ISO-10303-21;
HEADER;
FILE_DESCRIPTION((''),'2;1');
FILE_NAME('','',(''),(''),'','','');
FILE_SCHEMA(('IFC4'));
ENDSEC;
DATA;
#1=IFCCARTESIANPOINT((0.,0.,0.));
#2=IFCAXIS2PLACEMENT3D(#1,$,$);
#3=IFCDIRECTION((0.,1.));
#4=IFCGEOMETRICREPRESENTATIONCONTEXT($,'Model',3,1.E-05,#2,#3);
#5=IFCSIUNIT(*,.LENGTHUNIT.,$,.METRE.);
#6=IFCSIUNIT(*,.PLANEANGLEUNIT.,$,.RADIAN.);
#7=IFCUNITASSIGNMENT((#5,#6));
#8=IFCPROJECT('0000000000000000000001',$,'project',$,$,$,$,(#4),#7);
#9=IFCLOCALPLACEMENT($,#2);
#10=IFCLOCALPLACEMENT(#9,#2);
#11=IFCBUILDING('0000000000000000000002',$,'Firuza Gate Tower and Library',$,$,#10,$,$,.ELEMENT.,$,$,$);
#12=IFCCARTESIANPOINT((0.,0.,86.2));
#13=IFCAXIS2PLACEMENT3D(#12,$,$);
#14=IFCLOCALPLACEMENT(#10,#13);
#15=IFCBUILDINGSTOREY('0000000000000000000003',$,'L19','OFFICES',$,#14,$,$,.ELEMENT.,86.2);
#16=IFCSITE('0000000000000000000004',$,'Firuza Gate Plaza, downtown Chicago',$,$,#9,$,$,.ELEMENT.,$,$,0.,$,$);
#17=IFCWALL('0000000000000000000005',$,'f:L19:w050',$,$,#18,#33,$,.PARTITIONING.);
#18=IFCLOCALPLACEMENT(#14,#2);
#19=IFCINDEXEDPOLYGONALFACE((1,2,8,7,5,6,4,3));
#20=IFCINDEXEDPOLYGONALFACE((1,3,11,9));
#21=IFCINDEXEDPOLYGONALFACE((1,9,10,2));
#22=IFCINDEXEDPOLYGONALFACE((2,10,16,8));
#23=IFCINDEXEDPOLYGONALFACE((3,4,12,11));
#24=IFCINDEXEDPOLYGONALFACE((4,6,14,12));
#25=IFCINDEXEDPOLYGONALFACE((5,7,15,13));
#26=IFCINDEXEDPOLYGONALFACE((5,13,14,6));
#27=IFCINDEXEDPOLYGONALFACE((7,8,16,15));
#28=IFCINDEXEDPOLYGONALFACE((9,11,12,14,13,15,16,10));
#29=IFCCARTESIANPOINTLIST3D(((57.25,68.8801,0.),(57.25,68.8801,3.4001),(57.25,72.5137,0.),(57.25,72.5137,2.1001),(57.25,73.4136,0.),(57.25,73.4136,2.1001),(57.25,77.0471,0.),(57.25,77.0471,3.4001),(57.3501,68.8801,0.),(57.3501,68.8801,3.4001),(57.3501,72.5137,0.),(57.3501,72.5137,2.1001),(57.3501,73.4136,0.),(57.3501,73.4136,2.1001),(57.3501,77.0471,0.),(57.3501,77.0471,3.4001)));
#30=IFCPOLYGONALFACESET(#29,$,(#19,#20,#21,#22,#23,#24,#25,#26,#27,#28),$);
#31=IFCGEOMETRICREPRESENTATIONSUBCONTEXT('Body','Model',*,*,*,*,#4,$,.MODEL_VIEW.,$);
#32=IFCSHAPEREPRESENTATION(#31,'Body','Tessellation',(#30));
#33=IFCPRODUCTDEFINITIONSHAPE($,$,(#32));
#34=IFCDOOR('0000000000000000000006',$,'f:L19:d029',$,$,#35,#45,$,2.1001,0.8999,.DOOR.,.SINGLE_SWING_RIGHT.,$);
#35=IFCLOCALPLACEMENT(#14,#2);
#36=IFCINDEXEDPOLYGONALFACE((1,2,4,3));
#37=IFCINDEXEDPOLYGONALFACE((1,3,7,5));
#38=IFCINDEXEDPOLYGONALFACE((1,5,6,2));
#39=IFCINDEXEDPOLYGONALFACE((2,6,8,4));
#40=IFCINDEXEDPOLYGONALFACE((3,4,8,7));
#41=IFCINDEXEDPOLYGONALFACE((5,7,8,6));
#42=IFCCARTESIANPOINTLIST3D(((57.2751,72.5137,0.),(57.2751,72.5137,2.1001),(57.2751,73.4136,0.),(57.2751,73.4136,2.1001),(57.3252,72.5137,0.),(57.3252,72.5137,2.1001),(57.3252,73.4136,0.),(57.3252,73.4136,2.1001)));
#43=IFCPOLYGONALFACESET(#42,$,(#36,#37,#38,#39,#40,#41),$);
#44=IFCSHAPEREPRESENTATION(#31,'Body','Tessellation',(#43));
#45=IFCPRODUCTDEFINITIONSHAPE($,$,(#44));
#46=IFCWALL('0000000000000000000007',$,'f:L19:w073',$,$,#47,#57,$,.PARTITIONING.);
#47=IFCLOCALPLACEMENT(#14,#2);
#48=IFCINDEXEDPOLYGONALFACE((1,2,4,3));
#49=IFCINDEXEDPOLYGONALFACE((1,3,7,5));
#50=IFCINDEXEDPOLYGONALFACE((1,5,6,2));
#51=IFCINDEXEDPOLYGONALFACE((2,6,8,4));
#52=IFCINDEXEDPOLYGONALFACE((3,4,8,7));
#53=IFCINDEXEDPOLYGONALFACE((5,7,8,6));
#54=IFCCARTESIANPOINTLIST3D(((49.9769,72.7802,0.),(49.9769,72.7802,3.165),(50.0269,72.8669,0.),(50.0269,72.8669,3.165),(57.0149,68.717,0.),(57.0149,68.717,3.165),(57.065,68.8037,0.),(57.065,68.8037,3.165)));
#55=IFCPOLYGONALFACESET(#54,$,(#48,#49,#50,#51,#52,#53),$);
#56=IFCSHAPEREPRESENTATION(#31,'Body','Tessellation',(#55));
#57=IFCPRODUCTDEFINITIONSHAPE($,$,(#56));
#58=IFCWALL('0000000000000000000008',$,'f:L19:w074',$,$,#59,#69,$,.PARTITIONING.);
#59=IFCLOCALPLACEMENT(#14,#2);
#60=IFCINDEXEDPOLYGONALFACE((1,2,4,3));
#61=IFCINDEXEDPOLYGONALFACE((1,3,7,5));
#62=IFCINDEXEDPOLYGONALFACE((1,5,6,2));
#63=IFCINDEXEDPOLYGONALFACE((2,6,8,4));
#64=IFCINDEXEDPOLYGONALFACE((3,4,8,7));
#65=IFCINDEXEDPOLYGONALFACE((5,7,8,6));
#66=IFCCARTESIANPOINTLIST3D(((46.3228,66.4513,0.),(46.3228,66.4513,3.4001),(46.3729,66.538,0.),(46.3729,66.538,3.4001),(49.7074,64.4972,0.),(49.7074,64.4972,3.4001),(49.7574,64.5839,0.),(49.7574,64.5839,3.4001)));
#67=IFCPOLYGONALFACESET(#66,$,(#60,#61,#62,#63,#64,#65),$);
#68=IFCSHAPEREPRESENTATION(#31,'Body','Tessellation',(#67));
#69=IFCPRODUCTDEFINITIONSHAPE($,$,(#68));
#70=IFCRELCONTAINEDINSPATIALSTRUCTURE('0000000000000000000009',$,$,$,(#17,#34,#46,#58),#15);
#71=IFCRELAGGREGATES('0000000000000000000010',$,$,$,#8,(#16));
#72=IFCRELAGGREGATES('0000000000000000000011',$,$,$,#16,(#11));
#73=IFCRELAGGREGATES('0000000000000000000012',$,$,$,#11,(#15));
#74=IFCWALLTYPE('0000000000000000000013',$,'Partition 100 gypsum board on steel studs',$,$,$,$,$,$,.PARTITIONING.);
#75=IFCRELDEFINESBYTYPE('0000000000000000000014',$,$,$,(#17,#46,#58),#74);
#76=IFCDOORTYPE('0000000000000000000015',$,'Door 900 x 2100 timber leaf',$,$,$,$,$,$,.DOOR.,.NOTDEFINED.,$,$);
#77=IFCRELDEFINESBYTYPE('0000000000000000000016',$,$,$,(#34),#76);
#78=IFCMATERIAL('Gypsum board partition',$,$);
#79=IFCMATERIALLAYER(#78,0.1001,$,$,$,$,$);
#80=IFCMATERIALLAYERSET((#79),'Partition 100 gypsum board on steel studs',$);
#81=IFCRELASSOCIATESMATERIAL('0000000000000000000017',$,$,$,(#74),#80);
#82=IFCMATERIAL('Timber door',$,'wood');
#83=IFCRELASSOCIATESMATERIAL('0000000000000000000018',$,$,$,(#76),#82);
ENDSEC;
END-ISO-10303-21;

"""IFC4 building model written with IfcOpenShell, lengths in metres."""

from ifc_helpers import new_model, si_unit, direction, frame, frame_2d, origin, place, context, subcontext, project, spatial, rectangle, extrude, material, layer, layer_set, type_object, element, fill, save


model = new_model("IFC4")

# Units and contexts
model_context = context("Model", 3, precision=1e-05, world=origin(), true_north=direction((0.0, 1.0)))
body_context = subcontext(model_context, "Body", "Model", "MODEL_VIEW")
ifc_project = project(units=[si_unit("LENGTHUNIT", "METRE"), si_unit("PLANEANGLEUNIT", "RADIAN")], contexts=[model_context])

# Site, building, storey
site_placement = place(None, origin())
site = spatial("IfcSite", under=ifc_project, at=site_placement, Name="Firuza Gate Plaza, downtown Chicago", CompositionType="ELEMENT", RefElevation=0.0)
building_placement = place(site_placement, origin())
building = spatial("IfcBuilding", under=site, at=building_placement, Name="Firuza Gate Tower and Library", CompositionType="ELEMENT")
storey_placement = place(building_placement, frame((0.0, 0.0, 86.2)))
storey = spatial("IfcBuildingStorey", under=building, at=storey_placement, Name="L19", Description="OFFICES", CompositionType="ELEMENT", Elevation=86.2)

# Shared definitions
ifc_material_1 = material(Name="Gypsum board partition")
ifc_layer_1 = layer(ifc_material_1, 0.1001)
ifc_layer_set_1 = layer_set([ifc_layer_1], Name="Partition 100 gypsum board on steel studs")
wall_type_1 = type_object("IfcWallType", Name="Partition 100 gypsum board on steel studs", PredefinedType="PARTITIONING", material=ifc_layer_set_1)
ifc_material_2 = material(Name="Timber door", Category="wood")
door_type_1 = type_object("IfcDoorType", Name="Door 900 x 2100 timber leaf", OperationType="NOTDEFINED", PredefinedType="DOOR", material=ifc_material_2)

# Wall, opening, door
wall_1_placement = place(storey_placement, frame((57.3, 68.8801, 0.0), z_axis=(0.0, 0.0, 1.0), x_axis=(0.0, 1.0, 0.0)))
wall_1 = element("IfcWall", 1, at=wall_1_placement, inside=storey, type_object=wall_type_1, Name="f:L19:w050", PredefinedType="PARTITIONING", context=body_context, shape_type="SweptSolid", body=[
    extrude(rectangle(XDim=8.167, YDim=0.1001, at=frame_2d((4.0835, 0.0))), origin(), (0.0, 0.0, 1.0), 3.4001),
])
opening_1_placement = place(wall_1_placement, frame((3.6335, 0.0, 0.0)))
opening_1 = element("IfcOpeningElement", 2, at=opening_1_placement, cuts=wall_1, PredefinedType="OPENING", context=body_context, shape_type="SweptSolid", body=[
    extrude(rectangle(XDim=0.8999, YDim=2.1001, at=frame_2d((0.45, 1.05))), frame((0.0, 0.0601, 0.0), z_axis=(0.0, -1.0, 0.0), x_axis=(1.0, 0.0, 0.0)), (0.0, 0.0, 1.0), 0.1201),
])
door_1_placement = place(opening_1_placement, origin())
door_1 = element("IfcDoor", 3, at=door_1_placement, inside=storey, type_object=door_type_1, Name="f:L19:d029", OperationType="SINGLE_SWING_RIGHT", OverallHeight=2.1001, OverallWidth=0.8999, PredefinedType="DOOR", context=body_context, shape_type="SweptSolid", body=[
    extrude(rectangle(XDim=0.8999, YDim=2.1001, at=frame_2d((0.45, 1.05))), frame((0.0, 0.0249, 0.0), z_axis=(0.0, -1.0, 0.0), x_axis=(1.0, 0.0, 0.0)), (0.0, 0.0, 1.0), 0.05),
])
fill(opening_1, door_1)

# Walls
wall_2_placement = place(storey_placement, frame((57.04, 68.7603, 0.0), z_axis=(0.0, 0.0, 1.0), x_axis=(-0.866037, 0.499981, 0.0)))
element("IfcWall", 4, at=wall_2_placement, inside=storey, type_object=wall_type_1, Name="f:L19:w073", PredefinedType="PARTITIONING", context=body_context, shape_type="SweptSolid", body=[
    extrude(rectangle(XDim=8.1267, YDim=0.1001, at=frame_2d((4.0635, 0.0))), origin(), (0.0, 0.0, 1.0), 3.165),
])
wall_3_placement = place(storey_placement, frame((49.7324, 64.5405, 0.0), z_axis=(0.0, 0.0, 1.0), x_axis=(-0.86602, 0.500009, 0.0)))
element("IfcWall", 5, at=wall_3_placement, inside=storey, type_object=wall_type_1, Name="f:L19:w074", PredefinedType="PARTITIONING", context=body_context, shape_type="SweptSolid", body=[
    extrude(rectangle(XDim=3.9082, YDim=0.1001, at=frame_2d((1.9541, 0.0))), origin(), (0.0, 0.0, 1.0), 3.4001),
])

save(model, "model.ifc")
